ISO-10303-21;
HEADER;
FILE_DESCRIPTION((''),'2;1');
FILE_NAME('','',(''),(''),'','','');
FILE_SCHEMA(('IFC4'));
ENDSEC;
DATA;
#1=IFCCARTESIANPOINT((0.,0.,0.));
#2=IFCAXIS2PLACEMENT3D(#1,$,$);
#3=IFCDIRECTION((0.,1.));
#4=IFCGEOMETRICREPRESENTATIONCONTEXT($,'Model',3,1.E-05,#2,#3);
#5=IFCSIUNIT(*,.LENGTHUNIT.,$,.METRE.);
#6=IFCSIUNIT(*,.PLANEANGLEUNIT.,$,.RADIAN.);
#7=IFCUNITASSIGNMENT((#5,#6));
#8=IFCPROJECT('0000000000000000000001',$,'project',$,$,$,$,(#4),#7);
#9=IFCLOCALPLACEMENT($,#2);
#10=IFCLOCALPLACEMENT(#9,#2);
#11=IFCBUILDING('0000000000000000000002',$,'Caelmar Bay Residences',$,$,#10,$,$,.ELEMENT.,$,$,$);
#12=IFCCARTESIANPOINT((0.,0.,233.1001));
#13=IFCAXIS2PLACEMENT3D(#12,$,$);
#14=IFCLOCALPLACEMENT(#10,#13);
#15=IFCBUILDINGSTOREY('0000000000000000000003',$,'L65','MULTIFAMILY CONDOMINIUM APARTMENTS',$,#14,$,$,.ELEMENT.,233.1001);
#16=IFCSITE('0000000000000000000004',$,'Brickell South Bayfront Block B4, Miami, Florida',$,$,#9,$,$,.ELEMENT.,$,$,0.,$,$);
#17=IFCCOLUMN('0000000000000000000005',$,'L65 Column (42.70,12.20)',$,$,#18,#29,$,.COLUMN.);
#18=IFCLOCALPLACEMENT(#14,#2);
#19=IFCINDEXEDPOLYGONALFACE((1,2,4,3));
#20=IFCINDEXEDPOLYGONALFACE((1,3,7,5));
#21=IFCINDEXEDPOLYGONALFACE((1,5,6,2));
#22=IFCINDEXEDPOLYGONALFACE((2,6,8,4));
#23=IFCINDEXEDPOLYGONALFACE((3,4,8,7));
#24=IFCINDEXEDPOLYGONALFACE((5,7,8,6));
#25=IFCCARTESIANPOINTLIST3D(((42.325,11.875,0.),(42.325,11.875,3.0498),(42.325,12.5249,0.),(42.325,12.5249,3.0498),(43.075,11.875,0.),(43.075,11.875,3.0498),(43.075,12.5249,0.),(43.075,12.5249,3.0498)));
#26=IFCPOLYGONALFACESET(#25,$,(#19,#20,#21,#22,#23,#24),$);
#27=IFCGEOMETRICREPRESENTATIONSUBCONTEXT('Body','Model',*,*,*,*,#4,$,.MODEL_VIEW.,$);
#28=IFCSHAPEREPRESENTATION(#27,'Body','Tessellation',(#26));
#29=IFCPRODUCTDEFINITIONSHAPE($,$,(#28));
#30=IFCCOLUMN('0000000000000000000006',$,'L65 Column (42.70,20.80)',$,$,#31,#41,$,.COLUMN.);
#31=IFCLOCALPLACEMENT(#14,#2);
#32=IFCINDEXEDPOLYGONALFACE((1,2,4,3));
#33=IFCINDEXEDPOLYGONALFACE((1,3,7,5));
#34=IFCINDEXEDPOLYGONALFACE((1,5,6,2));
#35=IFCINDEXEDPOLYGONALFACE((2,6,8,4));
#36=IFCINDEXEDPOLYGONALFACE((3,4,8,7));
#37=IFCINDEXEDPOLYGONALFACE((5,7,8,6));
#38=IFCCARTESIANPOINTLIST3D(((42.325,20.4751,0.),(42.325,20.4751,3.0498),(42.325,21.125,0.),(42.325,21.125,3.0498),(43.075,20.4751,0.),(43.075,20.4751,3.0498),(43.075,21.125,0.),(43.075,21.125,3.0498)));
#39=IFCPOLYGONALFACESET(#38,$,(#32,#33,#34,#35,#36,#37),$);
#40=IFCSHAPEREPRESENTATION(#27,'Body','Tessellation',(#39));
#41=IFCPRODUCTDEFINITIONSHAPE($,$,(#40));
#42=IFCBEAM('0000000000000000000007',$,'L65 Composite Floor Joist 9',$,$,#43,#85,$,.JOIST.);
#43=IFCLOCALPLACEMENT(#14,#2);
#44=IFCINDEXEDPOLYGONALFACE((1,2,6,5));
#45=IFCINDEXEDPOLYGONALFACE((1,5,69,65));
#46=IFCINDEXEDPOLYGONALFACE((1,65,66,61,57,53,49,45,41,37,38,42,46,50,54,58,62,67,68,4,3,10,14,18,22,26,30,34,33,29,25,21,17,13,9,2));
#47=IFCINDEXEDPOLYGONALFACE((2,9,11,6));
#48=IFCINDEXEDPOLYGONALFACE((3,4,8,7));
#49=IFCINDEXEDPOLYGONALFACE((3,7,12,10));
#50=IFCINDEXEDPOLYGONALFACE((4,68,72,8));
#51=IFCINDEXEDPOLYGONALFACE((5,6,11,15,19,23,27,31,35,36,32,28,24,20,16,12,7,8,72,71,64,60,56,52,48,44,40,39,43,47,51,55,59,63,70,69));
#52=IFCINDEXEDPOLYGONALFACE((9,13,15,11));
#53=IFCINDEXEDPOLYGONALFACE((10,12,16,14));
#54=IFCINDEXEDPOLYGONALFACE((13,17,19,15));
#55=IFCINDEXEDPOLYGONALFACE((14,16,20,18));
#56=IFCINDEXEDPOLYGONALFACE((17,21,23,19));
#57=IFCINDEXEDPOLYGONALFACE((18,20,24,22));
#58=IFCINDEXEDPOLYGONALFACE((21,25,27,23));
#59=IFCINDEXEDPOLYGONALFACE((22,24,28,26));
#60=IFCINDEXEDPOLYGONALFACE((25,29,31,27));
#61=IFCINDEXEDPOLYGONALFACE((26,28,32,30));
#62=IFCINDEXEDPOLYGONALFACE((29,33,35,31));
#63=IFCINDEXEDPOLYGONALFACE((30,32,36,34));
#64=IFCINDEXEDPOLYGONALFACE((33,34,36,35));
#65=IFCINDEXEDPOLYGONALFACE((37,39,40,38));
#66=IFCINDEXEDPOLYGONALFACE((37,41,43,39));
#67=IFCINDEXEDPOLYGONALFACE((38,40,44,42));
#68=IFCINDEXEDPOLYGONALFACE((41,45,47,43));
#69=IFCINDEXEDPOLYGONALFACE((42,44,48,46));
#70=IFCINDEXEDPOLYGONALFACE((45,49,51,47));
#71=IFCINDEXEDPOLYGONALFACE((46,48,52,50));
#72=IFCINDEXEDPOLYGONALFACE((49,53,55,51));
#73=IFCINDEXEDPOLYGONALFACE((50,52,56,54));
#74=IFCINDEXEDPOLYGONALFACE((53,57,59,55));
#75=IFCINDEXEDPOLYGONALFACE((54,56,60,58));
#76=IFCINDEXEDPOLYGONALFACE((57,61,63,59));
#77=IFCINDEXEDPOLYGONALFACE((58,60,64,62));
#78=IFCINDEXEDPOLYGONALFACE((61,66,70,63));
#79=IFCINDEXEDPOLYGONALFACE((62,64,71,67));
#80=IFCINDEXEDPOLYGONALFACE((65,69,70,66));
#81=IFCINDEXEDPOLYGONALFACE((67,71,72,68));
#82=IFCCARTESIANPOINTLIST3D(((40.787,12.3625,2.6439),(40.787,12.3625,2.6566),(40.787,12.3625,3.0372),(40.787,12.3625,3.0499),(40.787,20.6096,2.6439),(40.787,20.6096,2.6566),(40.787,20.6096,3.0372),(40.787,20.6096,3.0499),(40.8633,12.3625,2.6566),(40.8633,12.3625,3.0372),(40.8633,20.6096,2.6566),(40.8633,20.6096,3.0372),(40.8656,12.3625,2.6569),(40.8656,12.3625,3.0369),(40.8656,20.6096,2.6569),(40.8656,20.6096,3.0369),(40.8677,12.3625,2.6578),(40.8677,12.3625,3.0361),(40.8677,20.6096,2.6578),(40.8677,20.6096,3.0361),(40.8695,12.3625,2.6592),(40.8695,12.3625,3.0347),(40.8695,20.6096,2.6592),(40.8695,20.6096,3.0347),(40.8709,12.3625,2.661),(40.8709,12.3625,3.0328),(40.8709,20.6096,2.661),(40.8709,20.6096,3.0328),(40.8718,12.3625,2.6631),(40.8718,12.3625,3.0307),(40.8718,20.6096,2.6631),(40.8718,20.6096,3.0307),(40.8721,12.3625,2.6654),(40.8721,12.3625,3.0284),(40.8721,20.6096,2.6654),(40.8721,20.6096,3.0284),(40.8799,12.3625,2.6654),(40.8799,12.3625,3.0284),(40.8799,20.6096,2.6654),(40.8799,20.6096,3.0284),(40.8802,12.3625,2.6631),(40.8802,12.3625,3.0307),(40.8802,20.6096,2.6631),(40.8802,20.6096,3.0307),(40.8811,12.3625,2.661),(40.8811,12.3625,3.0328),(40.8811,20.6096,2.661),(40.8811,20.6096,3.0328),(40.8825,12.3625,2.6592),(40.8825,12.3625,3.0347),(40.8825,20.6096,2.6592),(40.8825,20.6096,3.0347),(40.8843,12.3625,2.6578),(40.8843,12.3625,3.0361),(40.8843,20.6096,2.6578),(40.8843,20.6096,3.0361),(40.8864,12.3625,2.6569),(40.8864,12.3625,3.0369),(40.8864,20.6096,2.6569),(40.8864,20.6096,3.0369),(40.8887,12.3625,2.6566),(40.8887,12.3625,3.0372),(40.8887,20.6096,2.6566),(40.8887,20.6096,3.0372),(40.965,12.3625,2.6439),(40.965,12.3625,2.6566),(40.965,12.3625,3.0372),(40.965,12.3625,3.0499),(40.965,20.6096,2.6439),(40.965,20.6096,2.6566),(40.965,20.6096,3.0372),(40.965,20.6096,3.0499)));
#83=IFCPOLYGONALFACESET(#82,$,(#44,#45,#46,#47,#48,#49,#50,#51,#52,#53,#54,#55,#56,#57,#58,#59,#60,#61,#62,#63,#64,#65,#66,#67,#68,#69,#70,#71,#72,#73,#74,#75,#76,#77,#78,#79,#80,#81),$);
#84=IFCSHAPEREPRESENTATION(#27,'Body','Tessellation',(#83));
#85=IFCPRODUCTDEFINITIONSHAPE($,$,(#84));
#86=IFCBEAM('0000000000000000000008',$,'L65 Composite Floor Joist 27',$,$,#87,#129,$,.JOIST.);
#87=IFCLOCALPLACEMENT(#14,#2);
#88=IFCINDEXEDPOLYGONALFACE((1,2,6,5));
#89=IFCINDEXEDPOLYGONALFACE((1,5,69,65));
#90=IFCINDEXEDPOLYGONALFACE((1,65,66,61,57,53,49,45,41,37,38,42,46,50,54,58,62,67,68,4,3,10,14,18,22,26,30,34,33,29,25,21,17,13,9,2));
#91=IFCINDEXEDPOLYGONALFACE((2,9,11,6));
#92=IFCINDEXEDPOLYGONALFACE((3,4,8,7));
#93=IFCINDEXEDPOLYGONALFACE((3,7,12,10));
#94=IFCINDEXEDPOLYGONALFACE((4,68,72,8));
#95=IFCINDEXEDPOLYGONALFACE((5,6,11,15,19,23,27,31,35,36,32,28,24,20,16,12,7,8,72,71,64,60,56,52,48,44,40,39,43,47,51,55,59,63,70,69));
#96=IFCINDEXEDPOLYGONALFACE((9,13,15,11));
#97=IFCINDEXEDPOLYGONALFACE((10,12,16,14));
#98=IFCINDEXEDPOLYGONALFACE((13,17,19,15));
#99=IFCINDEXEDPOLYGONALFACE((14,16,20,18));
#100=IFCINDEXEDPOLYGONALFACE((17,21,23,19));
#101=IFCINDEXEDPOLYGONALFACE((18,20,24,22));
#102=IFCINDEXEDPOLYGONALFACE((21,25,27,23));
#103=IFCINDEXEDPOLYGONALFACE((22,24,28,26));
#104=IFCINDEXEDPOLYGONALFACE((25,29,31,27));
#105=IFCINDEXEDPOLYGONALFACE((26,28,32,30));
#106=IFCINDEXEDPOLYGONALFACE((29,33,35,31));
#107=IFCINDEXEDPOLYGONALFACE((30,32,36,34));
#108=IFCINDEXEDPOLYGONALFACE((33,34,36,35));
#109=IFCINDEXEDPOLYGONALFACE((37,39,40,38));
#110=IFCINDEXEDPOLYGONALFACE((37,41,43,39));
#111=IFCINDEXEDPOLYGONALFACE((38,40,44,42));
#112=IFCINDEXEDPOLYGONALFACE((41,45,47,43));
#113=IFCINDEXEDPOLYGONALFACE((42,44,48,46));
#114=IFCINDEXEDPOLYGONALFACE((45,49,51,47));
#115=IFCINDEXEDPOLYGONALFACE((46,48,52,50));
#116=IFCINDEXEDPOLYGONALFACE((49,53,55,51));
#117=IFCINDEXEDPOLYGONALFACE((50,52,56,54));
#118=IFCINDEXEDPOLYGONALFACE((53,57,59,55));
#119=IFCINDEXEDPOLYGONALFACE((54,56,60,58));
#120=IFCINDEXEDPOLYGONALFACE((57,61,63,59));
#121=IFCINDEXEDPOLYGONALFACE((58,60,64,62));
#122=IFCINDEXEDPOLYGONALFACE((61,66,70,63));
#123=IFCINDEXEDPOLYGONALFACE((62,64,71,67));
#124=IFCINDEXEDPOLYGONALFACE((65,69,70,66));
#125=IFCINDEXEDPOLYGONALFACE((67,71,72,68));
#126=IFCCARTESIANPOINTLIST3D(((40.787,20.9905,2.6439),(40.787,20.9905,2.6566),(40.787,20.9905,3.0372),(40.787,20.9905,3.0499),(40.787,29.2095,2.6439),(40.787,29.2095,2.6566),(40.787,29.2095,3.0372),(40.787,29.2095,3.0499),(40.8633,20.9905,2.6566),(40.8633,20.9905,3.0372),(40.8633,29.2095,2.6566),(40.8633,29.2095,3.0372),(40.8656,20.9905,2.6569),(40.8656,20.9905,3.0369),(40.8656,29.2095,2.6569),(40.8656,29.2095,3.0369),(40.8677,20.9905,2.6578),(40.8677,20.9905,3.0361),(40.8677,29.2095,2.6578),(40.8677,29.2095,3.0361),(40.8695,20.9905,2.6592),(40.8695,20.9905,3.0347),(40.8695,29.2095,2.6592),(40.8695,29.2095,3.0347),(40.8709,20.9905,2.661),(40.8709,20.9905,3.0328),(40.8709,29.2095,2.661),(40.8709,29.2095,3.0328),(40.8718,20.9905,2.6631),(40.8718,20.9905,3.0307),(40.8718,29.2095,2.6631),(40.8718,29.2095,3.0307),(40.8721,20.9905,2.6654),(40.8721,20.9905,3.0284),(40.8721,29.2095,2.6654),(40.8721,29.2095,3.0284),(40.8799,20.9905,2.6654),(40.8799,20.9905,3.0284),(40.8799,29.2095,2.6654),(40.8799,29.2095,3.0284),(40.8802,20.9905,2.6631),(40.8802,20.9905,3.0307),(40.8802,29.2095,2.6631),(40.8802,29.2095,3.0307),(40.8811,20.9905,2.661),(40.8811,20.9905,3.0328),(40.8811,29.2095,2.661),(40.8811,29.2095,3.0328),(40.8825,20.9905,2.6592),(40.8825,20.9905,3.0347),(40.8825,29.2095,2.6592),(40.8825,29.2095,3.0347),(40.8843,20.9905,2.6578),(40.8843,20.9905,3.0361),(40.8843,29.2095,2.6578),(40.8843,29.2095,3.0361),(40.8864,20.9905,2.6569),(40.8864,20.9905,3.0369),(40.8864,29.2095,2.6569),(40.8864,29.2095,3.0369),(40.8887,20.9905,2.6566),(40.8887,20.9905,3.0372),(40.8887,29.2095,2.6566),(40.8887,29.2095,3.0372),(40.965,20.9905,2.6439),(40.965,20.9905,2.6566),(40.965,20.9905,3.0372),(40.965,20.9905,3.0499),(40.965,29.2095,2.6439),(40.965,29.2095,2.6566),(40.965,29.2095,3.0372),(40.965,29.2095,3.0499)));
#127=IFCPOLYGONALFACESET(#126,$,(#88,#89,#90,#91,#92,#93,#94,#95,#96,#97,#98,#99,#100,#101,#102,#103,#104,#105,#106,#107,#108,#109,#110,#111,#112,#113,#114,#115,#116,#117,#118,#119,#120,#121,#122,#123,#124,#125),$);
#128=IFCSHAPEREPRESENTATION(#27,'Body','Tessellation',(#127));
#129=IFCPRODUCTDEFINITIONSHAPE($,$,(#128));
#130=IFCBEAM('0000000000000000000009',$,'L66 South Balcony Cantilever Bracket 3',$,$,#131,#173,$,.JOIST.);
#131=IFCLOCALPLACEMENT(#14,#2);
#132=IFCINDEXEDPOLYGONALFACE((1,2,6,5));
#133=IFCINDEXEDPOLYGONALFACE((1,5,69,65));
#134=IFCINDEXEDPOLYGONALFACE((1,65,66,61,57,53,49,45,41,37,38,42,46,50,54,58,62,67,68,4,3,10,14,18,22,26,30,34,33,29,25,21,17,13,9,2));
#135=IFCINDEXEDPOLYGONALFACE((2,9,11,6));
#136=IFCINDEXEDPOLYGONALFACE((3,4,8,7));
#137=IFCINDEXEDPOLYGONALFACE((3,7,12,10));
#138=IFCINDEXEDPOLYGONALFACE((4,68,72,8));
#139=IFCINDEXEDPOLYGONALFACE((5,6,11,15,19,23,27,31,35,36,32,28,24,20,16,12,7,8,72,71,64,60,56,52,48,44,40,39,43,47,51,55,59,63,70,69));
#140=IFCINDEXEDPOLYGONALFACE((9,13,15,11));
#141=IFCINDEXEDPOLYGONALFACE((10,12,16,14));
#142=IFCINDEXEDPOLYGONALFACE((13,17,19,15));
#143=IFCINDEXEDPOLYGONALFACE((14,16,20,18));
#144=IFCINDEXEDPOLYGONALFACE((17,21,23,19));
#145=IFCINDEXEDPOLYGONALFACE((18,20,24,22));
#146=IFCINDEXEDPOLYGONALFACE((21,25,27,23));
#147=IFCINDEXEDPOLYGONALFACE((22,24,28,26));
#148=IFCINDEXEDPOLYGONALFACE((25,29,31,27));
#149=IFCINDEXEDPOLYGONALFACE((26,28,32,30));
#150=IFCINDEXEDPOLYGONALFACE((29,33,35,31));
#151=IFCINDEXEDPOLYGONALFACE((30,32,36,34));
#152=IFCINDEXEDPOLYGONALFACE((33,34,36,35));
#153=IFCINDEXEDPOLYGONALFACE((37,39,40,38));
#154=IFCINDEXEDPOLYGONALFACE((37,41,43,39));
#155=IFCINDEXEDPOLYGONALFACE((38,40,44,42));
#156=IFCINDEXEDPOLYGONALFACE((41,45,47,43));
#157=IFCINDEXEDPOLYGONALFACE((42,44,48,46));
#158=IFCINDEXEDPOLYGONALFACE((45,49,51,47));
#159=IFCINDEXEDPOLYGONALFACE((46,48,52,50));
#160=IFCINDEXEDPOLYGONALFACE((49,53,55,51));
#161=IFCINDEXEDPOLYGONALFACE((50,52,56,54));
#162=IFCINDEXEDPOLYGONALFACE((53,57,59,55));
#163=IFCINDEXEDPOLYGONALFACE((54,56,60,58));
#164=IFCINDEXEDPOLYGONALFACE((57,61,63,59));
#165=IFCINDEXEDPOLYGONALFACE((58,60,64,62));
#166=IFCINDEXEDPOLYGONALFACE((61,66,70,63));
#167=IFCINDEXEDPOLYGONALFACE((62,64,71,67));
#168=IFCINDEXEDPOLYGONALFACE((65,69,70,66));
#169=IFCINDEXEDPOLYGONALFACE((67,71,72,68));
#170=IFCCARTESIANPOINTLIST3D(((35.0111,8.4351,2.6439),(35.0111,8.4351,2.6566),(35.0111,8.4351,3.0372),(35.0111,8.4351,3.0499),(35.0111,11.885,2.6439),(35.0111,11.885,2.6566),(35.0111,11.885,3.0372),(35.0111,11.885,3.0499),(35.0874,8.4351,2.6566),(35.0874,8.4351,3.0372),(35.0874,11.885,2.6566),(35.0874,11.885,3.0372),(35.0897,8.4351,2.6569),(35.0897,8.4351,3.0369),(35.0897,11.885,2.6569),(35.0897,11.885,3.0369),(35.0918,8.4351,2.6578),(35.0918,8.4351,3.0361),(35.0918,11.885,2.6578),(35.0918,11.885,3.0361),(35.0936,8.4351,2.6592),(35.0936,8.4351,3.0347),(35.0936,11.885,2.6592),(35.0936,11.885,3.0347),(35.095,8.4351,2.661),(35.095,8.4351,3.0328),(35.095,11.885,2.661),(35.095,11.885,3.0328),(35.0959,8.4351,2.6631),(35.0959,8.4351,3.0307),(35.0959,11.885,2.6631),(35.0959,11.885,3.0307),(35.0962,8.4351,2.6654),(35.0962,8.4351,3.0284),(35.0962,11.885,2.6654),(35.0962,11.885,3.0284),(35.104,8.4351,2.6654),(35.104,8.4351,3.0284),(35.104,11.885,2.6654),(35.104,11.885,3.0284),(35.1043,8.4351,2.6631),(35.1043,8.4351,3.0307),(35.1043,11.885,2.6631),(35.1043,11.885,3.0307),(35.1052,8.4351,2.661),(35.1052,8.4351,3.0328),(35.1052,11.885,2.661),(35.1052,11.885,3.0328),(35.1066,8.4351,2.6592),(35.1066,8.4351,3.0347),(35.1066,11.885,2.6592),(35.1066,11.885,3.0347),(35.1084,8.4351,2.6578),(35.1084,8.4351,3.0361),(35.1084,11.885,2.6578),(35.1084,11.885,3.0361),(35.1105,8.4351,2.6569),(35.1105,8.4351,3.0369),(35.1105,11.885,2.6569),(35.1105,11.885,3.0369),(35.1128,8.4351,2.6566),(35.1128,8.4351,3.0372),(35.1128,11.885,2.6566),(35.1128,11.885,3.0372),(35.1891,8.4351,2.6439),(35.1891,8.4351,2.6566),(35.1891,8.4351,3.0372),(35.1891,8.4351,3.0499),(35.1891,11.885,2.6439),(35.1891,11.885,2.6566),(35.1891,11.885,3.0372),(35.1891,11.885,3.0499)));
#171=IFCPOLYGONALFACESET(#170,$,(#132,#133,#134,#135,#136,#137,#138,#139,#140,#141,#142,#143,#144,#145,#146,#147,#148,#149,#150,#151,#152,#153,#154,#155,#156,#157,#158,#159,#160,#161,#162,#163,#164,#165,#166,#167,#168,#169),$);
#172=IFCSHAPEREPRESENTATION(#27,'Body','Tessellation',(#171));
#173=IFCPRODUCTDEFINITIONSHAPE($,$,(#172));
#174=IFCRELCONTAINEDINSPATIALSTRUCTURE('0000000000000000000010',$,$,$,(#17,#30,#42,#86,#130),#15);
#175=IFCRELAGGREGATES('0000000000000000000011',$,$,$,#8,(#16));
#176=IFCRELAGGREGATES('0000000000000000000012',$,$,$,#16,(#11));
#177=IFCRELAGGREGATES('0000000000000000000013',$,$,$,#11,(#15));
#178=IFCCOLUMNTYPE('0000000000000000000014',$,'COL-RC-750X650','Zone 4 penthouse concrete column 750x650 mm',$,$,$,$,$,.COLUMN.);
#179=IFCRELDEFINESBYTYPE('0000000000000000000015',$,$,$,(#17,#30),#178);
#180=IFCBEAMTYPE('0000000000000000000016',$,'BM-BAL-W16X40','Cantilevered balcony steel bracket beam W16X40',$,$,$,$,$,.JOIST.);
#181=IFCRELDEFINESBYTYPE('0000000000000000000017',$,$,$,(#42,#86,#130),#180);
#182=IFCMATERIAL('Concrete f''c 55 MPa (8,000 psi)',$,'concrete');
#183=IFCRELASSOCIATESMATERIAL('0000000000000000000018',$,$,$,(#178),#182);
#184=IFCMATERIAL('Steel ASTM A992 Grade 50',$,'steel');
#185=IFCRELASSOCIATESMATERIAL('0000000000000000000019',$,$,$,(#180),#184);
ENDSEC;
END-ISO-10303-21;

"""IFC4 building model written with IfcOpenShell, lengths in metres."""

from ifc_helpers import new_model, si_unit, direction, frame, origin, origin_2d, place, context, subcontext, project, spatial, rectangle, i_section, extrude, material, material_profile, profile_set, type_object, element, save


model = new_model("IFC4")

# Units and contexts
model_context = context("Model", 3, precision=1e-05, world=origin(), true_north=direction((0.0, 1.0)))
body_context = subcontext(model_context, "Body", "Model", "MODEL_VIEW")
ifc_project = project(units=[si_unit("LENGTHUNIT", "METRE"), si_unit("PLANEANGLEUNIT", "RADIAN")], contexts=[model_context])

# Site, building, storey
site_placement = place(None, origin())
site = spatial("IfcSite", under=ifc_project, at=site_placement, Name="Brickell South Bayfront Block B4, Miami, Florida", CompositionType="ELEMENT", RefElevation=0.0)
building_placement = place(site_placement, origin())
building = spatial("IfcBuilding", under=site, at=building_placement, Name="Caelmar Bay Residences", CompositionType="ELEMENT")
storey_placement = place(building_placement, frame((0.0, 0.0, 233.1001)))
storey = spatial("IfcBuildingStorey", under=building, at=storey_placement, Name="L65", Description="MULTIFAMILY CONDOMINIUM APARTMENTS", CompositionType="ELEMENT", Elevation=233.1001)

# Columns
ifc_material_1 = material(Name="Concrete f'c 55 MPa (8,000 psi)", Category="concrete")
ifc_material_profile_1 = material_profile(ifc_material_1, rectangle(XDim=0.75, YDim=0.6499, at=origin_2d()), Name="RC-COL-750X650")
ifc_profile_set_1 = profile_set([ifc_material_profile_1], Name="Concrete f'c 55 MPa (8,000 psi)")
column_type = type_object("IfcColumnType", Name="COL-RC-750X650", Description="Zone 4 penthouse concrete column 750x650 mm", PredefinedType="COLUMN", material=ifc_profile_set_1)
for number, where, z_axis, x_axis, name in (
    (1, (42.7, 12.2, 0.0), (0.0, 0.0, 1.0), (1.0, 0.0, 0.0), "L65 Column (42.70,12.20)"),
    (2, (42.7, 20.8, 0.0), (0.0, 0.0, 1.0), (1.0, 0.0, 0.0), "L65 Column (42.70,20.80)"),
):
    element("IfcColumn", number, at=place(storey_placement, frame(where, z_axis=z_axis, x_axis=x_axis)), inside=storey, type_object=column_type, Name=name, PredefinedType="COLUMN", context=body_context, shape_type="SweptSolid", body=[
        extrude(rectangle(XDim=0.75, YDim=0.6499, at=origin_2d()), origin(), (0.0, 0.0, 1.0), 3.0498),
    ])

# Beams
ifc_material_2 = material(Name="Steel ASTM A992 Grade 50", Category="steel")
ifc_material_profile_2 = material_profile(ifc_material_2, i_section(OverallWidth=0.178, OverallDepth=0.406, WebThickness=0.0078, FlangeThickness=0.0127, FilletRadius=0.0088, at=origin_2d()), Name="W16X40")
ifc_profile_set_2 = profile_set([ifc_material_profile_2], Name="Steel ASTM A992 Grade 50")
beam_type_1 = type_object("IfcBeamType", Name="BM-BAL-W16X40", Description="Cantilevered balcony steel bracket beam W16X40", PredefinedType="JOIST", material=ifc_profile_set_2)
beam_1_placement = place(storey_placement, frame((40.876, 12.3625, 2.8469), z_axis=(0.0, 1.0, 0.0), x_axis=(-1.0, 0.0, 0.0)))
element("IfcBeam", 3, at=beam_1_placement, inside=storey, type_object=beam_type_1, Name="L65 Composite Floor Joist 9", PredefinedType="JOIST", context=body_context, shape_type="SweptSolid", body=[
    extrude(i_section(OverallWidth=0.178, OverallDepth=0.406, WebThickness=0.0078, FlangeThickness=0.0127, FilletRadius=0.0088, at=origin_2d()), origin(), (0.0, 0.0, 1.0), 8.2471),
])
beam_2_placement = place(storey_placement, frame((40.876, 20.9905, 2.8469), z_axis=(0.0, 1.0, 0.0), x_axis=(-1.0, 0.0, 0.0)))
element("IfcBeam", 4, at=beam_2_placement, inside=storey, type_object=beam_type_1, Name="L65 Composite Floor Joist 27", PredefinedType="JOIST", context=body_context, shape_type="SweptSolid", body=[
    extrude(i_section(OverallWidth=0.178, OverallDepth=0.406, WebThickness=0.0078, FlangeThickness=0.0127, FilletRadius=0.0088, at=origin_2d()), origin(), (0.0, 0.0, 1.0), 8.219),
])
beam_3_placement = place(storey_placement, frame((35.1001, 11.885, 2.8469), z_axis=(0.0, -1.0, 0.0), x_axis=(1.0, 0.0, 0.0)))
element("IfcBeam", 5, at=beam_3_placement, inside=storey, type_object=beam_type_1, Name="L66 South Balcony Cantilever Bracket 3", PredefinedType="JOIST", context=body_context, shape_type="SweptSolid", body=[
    extrude(i_section(OverallWidth=0.178, OverallDepth=0.406, WebThickness=0.0078, FlangeThickness=0.0127, FilletRadius=0.0088, at=origin_2d()), origin(), (0.0, 0.0, 1.0), 3.45),
])

save(model, "model.ifc")
